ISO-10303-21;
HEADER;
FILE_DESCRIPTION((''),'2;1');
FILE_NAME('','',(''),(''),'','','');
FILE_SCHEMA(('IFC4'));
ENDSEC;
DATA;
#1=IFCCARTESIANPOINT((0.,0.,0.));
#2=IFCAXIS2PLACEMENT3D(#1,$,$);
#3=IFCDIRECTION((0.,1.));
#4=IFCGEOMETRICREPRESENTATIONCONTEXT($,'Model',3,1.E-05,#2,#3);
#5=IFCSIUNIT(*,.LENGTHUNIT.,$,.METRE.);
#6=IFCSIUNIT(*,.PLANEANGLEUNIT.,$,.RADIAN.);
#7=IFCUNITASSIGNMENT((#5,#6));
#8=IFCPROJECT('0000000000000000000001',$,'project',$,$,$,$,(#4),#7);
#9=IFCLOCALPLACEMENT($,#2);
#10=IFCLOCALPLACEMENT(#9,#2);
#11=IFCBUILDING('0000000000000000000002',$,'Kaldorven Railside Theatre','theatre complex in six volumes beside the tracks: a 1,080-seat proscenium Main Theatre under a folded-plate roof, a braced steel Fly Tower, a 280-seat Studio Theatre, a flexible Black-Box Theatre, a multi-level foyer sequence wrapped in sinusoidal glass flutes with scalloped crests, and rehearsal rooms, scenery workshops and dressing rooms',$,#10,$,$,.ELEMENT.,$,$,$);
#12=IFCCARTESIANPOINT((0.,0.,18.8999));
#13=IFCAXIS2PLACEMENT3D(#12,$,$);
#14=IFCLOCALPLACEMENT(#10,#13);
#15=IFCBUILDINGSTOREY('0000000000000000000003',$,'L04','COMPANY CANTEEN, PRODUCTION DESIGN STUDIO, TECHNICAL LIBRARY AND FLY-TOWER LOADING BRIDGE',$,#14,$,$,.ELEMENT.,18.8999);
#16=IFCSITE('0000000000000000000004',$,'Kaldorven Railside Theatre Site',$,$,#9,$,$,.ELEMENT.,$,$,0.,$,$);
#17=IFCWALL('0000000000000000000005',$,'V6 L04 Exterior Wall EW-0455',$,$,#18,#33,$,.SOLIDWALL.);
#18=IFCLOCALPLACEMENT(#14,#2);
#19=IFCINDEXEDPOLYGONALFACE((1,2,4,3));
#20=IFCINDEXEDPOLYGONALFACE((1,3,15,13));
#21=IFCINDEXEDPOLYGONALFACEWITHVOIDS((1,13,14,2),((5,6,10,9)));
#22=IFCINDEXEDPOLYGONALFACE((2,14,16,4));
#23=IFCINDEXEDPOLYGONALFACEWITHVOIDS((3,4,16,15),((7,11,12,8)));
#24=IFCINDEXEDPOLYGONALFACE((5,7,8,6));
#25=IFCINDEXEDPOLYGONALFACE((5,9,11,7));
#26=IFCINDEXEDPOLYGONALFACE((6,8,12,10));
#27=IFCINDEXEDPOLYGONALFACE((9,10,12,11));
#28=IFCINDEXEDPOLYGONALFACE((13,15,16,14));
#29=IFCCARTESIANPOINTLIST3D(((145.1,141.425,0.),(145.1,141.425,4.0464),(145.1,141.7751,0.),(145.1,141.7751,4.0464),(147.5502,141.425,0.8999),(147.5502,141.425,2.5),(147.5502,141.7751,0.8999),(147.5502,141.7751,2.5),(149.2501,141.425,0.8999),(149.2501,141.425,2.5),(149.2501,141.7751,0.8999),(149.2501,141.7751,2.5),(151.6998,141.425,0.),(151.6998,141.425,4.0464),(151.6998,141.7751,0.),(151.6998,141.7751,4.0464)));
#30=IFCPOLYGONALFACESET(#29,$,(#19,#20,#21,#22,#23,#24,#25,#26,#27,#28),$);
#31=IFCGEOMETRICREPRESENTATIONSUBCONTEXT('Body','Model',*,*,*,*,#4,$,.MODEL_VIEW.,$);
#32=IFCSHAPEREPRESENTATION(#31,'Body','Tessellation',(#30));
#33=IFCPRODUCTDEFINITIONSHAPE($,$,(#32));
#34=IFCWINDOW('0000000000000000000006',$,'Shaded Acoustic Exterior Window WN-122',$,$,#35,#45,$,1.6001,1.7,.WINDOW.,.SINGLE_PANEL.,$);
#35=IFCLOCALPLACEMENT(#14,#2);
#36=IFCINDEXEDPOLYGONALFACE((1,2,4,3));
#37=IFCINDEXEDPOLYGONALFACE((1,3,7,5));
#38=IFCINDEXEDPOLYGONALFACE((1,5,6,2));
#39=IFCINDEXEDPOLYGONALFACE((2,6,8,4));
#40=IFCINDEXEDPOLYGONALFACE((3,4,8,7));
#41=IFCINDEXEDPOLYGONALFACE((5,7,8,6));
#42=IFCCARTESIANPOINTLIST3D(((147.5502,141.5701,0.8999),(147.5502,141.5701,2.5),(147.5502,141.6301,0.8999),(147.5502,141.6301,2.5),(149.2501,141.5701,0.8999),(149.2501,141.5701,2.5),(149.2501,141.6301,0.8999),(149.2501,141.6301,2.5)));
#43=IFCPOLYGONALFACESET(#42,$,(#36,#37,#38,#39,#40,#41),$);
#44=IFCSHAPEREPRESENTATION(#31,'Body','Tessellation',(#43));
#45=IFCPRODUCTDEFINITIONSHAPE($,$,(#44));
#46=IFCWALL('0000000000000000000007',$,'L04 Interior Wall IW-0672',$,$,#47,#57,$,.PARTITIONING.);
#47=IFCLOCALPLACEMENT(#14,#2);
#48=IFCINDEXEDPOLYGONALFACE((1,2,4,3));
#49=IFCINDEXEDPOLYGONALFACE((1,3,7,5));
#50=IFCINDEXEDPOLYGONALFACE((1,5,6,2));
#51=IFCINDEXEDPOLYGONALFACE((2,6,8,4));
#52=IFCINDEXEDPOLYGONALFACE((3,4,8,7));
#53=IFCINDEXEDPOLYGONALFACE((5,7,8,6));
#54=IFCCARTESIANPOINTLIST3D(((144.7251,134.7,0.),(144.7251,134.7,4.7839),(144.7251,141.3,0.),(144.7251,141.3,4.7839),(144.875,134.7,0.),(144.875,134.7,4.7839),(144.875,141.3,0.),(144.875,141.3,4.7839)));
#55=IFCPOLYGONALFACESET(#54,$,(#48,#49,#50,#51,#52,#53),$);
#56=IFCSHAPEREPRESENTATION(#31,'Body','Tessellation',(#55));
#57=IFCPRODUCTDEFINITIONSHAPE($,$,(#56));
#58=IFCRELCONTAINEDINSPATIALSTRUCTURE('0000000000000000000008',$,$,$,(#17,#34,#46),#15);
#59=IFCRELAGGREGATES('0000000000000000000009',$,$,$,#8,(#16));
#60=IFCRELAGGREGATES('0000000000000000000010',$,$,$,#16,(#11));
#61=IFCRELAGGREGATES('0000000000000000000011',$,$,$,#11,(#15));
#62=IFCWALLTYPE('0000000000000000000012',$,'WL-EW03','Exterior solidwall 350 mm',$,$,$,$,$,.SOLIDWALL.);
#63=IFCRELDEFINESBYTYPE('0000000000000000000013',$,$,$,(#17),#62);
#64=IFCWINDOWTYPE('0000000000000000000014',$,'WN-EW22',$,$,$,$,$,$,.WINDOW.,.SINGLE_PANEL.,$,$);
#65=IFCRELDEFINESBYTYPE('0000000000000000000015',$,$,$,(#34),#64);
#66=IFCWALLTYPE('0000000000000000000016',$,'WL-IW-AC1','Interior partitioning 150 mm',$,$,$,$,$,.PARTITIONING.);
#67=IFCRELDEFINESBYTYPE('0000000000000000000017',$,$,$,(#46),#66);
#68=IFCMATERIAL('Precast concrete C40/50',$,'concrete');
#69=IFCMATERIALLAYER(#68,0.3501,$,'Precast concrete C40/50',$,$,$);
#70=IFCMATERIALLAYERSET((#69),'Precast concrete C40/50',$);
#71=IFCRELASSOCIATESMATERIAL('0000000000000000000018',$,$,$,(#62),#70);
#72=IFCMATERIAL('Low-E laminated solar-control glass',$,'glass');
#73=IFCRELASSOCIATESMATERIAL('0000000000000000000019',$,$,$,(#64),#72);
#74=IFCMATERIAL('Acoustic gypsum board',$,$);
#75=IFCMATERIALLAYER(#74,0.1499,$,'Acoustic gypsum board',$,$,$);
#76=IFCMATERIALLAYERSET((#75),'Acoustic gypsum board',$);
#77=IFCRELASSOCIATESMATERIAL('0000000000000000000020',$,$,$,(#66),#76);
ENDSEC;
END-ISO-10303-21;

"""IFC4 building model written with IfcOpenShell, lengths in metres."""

from ifc_helpers import new_model, si_unit, direction, frame, frame_2d, origin, place, context, subcontext, project, spatial, rectangle, extrude, material, layer, layer_set, type_object, element, fill, save


model = new_model("IFC4")

# Units and contexts
model_context = context("Model", 3, precision=1e-05, world=origin(), true_north=direction((0.0, 1.0)))
body_context = subcontext(model_context, "Body", "Model", "MODEL_VIEW")
ifc_project = project(units=[si_unit("LENGTHUNIT", "METRE"), si_unit("PLANEANGLEUNIT", "RADIAN")], contexts=[model_context])

# Site, building, storey
site_placement = place(None, origin())
site = spatial("IfcSite", under=ifc_project, at=site_placement, Name="Kaldorven Railside Theatre Site", CompositionType="ELEMENT", RefElevation=0.0)
building_placement = place(site_placement, origin())
building = spatial("IfcBuilding", under=site, at=building_placement, Name="Kaldorven Railside Theatre", Description="theatre complex in six volumes beside the tracks: a 1,080-seat proscenium Main Theatre under a folded-plate roof, a braced steel Fly Tower, a 280-seat Studio Theatre, a flexible Black-Box Theatre, a multi-level foyer sequence wrapped in sinusoidal glass flutes with scalloped crests, and rehearsal rooms, scenery workshops and dressing rooms", CompositionType="ELEMENT")
storey_placement = place(building_placement, frame((0.0, 0.0, 18.8999)))
storey = spatial("IfcBuildingStorey", under=building, at=storey_placement, Name="L04", Description="COMPANY CANTEEN, PRODUCTION DESIGN STUDIO, TECHNICAL LIBRARY AND FLY-TOWER LOADING BRIDGE", CompositionType="ELEMENT", Elevation=18.8999)

# Wall, opening, window
ifc_material_1 = material(Name="Precast concrete C40/50", Category="concrete")
ifc_layer_1 = layer(ifc_material_1, 0.3501, Name="Precast concrete C40/50")
ifc_layer_set_1 = layer_set([ifc_layer_1], Name="Precast concrete C40/50")
wall_type_1 = type_object("IfcWallType", Name="WL-EW03", Description="Exterior solidwall 350 mm", PredefinedType="SOLIDWALL", material=ifc_layer_set_1)
ifc_material_2 = material(Name="Low-E laminated solar-control glass", Category="glass")
wall_1_placement = place(storey_placement, frame((145.1001, 141.6001, 0.0), z_axis=(0.0, 0.0, 1.0), x_axis=(1.0, 0.0, 0.0)))
wall_1 = element("IfcWall", 1, at=wall_1_placement, inside=storey, type_object=wall_type_1, Name="V6 L04 Exterior Wall EW-0455", PredefinedType="SOLIDWALL", context=body_context, shape_type="SweptSolid", body=[
    extrude(rectangle(XDim=6.5999, YDim=0.3501, at=frame_2d((3.2998, 0.0))), origin(), (0.0, 0.0, 1.0), 4.0464),
])
opening_1_placement = place(wall_1_placement, frame((2.45, 0.0, 0.8999)))
opening_1 = element("IfcOpeningElement", 2, at=opening_1_placement, cuts=wall_1, PredefinedType="OPENING", context=body_context, shape_type="SweptSolid", body=[
    extrude(rectangle(XDim=1.7, YDim=1.6001, at=frame_2d((0.8501, 0.8))), frame((0.0, 0.1851, 0.0), z_axis=(0.0, -1.0, 0.0), x_axis=(1.0, 0.0, 0.0)), (0.0, 0.0, 1.0), 0.3701),
])
window_type_1 = type_object("IfcWindowType", Name="WN-EW22", PartitioningType="SINGLE_PANEL", PredefinedType="WINDOW", material=ifc_material_2)
window_1_placement = place(opening_1_placement, origin())
window_1 = element("IfcWindow", 3, at=window_1_placement, inside=storey, type_object=window_type_1, Name="Shaded Acoustic Exterior Window WN-122", OverallHeight=1.6001, OverallWidth=1.7, PartitioningType="SINGLE_PANEL", PredefinedType="WINDOW", context=body_context, shape_type="SweptSolid", body=[
    extrude(rectangle(XDim=1.7, YDim=1.6001, at=frame_2d((0.8501, 0.8))), frame((0.0, 0.03, 0.0), z_axis=(0.0, -1.0, 0.0), x_axis=(1.0, 0.0, 0.0)), (0.0, 0.0, 1.0), 0.0601),
])
fill(opening_1, window_1)

# Wall
ifc_material_3 = material(Name="Acoustic gypsum board")
ifc_layer_2 = layer(ifc_material_3, 0.1499, Name="Acoustic gypsum board")
ifc_layer_set_2 = layer_set([ifc_layer_2], Name="Acoustic gypsum board")
wall_type_2 = type_object("IfcWallType", Name="WL-IW-AC1", Description="Interior partitioning 150 mm", PredefinedType="PARTITIONING", material=ifc_layer_set_2)
wall_2_placement = place(storey_placement, frame((144.8, 134.7, 0.0), z_axis=(0.0, 0.0, 1.0), x_axis=(0.0, 1.0, 0.0)))
element("IfcWall", 4, at=wall_2_placement, inside=storey, type_object=wall_type_2, Name="L04 Interior Wall IW-0672", PredefinedType="PARTITIONING", context=body_context, shape_type="SweptSolid", body=[
    extrude(rectangle(XDim=6.6001, YDim=0.1499, at=frame_2d((3.3, 0.0))), origin(), (0.0, 0.0, 1.0), 4.7839),
])

save(model, "model.ifc")
